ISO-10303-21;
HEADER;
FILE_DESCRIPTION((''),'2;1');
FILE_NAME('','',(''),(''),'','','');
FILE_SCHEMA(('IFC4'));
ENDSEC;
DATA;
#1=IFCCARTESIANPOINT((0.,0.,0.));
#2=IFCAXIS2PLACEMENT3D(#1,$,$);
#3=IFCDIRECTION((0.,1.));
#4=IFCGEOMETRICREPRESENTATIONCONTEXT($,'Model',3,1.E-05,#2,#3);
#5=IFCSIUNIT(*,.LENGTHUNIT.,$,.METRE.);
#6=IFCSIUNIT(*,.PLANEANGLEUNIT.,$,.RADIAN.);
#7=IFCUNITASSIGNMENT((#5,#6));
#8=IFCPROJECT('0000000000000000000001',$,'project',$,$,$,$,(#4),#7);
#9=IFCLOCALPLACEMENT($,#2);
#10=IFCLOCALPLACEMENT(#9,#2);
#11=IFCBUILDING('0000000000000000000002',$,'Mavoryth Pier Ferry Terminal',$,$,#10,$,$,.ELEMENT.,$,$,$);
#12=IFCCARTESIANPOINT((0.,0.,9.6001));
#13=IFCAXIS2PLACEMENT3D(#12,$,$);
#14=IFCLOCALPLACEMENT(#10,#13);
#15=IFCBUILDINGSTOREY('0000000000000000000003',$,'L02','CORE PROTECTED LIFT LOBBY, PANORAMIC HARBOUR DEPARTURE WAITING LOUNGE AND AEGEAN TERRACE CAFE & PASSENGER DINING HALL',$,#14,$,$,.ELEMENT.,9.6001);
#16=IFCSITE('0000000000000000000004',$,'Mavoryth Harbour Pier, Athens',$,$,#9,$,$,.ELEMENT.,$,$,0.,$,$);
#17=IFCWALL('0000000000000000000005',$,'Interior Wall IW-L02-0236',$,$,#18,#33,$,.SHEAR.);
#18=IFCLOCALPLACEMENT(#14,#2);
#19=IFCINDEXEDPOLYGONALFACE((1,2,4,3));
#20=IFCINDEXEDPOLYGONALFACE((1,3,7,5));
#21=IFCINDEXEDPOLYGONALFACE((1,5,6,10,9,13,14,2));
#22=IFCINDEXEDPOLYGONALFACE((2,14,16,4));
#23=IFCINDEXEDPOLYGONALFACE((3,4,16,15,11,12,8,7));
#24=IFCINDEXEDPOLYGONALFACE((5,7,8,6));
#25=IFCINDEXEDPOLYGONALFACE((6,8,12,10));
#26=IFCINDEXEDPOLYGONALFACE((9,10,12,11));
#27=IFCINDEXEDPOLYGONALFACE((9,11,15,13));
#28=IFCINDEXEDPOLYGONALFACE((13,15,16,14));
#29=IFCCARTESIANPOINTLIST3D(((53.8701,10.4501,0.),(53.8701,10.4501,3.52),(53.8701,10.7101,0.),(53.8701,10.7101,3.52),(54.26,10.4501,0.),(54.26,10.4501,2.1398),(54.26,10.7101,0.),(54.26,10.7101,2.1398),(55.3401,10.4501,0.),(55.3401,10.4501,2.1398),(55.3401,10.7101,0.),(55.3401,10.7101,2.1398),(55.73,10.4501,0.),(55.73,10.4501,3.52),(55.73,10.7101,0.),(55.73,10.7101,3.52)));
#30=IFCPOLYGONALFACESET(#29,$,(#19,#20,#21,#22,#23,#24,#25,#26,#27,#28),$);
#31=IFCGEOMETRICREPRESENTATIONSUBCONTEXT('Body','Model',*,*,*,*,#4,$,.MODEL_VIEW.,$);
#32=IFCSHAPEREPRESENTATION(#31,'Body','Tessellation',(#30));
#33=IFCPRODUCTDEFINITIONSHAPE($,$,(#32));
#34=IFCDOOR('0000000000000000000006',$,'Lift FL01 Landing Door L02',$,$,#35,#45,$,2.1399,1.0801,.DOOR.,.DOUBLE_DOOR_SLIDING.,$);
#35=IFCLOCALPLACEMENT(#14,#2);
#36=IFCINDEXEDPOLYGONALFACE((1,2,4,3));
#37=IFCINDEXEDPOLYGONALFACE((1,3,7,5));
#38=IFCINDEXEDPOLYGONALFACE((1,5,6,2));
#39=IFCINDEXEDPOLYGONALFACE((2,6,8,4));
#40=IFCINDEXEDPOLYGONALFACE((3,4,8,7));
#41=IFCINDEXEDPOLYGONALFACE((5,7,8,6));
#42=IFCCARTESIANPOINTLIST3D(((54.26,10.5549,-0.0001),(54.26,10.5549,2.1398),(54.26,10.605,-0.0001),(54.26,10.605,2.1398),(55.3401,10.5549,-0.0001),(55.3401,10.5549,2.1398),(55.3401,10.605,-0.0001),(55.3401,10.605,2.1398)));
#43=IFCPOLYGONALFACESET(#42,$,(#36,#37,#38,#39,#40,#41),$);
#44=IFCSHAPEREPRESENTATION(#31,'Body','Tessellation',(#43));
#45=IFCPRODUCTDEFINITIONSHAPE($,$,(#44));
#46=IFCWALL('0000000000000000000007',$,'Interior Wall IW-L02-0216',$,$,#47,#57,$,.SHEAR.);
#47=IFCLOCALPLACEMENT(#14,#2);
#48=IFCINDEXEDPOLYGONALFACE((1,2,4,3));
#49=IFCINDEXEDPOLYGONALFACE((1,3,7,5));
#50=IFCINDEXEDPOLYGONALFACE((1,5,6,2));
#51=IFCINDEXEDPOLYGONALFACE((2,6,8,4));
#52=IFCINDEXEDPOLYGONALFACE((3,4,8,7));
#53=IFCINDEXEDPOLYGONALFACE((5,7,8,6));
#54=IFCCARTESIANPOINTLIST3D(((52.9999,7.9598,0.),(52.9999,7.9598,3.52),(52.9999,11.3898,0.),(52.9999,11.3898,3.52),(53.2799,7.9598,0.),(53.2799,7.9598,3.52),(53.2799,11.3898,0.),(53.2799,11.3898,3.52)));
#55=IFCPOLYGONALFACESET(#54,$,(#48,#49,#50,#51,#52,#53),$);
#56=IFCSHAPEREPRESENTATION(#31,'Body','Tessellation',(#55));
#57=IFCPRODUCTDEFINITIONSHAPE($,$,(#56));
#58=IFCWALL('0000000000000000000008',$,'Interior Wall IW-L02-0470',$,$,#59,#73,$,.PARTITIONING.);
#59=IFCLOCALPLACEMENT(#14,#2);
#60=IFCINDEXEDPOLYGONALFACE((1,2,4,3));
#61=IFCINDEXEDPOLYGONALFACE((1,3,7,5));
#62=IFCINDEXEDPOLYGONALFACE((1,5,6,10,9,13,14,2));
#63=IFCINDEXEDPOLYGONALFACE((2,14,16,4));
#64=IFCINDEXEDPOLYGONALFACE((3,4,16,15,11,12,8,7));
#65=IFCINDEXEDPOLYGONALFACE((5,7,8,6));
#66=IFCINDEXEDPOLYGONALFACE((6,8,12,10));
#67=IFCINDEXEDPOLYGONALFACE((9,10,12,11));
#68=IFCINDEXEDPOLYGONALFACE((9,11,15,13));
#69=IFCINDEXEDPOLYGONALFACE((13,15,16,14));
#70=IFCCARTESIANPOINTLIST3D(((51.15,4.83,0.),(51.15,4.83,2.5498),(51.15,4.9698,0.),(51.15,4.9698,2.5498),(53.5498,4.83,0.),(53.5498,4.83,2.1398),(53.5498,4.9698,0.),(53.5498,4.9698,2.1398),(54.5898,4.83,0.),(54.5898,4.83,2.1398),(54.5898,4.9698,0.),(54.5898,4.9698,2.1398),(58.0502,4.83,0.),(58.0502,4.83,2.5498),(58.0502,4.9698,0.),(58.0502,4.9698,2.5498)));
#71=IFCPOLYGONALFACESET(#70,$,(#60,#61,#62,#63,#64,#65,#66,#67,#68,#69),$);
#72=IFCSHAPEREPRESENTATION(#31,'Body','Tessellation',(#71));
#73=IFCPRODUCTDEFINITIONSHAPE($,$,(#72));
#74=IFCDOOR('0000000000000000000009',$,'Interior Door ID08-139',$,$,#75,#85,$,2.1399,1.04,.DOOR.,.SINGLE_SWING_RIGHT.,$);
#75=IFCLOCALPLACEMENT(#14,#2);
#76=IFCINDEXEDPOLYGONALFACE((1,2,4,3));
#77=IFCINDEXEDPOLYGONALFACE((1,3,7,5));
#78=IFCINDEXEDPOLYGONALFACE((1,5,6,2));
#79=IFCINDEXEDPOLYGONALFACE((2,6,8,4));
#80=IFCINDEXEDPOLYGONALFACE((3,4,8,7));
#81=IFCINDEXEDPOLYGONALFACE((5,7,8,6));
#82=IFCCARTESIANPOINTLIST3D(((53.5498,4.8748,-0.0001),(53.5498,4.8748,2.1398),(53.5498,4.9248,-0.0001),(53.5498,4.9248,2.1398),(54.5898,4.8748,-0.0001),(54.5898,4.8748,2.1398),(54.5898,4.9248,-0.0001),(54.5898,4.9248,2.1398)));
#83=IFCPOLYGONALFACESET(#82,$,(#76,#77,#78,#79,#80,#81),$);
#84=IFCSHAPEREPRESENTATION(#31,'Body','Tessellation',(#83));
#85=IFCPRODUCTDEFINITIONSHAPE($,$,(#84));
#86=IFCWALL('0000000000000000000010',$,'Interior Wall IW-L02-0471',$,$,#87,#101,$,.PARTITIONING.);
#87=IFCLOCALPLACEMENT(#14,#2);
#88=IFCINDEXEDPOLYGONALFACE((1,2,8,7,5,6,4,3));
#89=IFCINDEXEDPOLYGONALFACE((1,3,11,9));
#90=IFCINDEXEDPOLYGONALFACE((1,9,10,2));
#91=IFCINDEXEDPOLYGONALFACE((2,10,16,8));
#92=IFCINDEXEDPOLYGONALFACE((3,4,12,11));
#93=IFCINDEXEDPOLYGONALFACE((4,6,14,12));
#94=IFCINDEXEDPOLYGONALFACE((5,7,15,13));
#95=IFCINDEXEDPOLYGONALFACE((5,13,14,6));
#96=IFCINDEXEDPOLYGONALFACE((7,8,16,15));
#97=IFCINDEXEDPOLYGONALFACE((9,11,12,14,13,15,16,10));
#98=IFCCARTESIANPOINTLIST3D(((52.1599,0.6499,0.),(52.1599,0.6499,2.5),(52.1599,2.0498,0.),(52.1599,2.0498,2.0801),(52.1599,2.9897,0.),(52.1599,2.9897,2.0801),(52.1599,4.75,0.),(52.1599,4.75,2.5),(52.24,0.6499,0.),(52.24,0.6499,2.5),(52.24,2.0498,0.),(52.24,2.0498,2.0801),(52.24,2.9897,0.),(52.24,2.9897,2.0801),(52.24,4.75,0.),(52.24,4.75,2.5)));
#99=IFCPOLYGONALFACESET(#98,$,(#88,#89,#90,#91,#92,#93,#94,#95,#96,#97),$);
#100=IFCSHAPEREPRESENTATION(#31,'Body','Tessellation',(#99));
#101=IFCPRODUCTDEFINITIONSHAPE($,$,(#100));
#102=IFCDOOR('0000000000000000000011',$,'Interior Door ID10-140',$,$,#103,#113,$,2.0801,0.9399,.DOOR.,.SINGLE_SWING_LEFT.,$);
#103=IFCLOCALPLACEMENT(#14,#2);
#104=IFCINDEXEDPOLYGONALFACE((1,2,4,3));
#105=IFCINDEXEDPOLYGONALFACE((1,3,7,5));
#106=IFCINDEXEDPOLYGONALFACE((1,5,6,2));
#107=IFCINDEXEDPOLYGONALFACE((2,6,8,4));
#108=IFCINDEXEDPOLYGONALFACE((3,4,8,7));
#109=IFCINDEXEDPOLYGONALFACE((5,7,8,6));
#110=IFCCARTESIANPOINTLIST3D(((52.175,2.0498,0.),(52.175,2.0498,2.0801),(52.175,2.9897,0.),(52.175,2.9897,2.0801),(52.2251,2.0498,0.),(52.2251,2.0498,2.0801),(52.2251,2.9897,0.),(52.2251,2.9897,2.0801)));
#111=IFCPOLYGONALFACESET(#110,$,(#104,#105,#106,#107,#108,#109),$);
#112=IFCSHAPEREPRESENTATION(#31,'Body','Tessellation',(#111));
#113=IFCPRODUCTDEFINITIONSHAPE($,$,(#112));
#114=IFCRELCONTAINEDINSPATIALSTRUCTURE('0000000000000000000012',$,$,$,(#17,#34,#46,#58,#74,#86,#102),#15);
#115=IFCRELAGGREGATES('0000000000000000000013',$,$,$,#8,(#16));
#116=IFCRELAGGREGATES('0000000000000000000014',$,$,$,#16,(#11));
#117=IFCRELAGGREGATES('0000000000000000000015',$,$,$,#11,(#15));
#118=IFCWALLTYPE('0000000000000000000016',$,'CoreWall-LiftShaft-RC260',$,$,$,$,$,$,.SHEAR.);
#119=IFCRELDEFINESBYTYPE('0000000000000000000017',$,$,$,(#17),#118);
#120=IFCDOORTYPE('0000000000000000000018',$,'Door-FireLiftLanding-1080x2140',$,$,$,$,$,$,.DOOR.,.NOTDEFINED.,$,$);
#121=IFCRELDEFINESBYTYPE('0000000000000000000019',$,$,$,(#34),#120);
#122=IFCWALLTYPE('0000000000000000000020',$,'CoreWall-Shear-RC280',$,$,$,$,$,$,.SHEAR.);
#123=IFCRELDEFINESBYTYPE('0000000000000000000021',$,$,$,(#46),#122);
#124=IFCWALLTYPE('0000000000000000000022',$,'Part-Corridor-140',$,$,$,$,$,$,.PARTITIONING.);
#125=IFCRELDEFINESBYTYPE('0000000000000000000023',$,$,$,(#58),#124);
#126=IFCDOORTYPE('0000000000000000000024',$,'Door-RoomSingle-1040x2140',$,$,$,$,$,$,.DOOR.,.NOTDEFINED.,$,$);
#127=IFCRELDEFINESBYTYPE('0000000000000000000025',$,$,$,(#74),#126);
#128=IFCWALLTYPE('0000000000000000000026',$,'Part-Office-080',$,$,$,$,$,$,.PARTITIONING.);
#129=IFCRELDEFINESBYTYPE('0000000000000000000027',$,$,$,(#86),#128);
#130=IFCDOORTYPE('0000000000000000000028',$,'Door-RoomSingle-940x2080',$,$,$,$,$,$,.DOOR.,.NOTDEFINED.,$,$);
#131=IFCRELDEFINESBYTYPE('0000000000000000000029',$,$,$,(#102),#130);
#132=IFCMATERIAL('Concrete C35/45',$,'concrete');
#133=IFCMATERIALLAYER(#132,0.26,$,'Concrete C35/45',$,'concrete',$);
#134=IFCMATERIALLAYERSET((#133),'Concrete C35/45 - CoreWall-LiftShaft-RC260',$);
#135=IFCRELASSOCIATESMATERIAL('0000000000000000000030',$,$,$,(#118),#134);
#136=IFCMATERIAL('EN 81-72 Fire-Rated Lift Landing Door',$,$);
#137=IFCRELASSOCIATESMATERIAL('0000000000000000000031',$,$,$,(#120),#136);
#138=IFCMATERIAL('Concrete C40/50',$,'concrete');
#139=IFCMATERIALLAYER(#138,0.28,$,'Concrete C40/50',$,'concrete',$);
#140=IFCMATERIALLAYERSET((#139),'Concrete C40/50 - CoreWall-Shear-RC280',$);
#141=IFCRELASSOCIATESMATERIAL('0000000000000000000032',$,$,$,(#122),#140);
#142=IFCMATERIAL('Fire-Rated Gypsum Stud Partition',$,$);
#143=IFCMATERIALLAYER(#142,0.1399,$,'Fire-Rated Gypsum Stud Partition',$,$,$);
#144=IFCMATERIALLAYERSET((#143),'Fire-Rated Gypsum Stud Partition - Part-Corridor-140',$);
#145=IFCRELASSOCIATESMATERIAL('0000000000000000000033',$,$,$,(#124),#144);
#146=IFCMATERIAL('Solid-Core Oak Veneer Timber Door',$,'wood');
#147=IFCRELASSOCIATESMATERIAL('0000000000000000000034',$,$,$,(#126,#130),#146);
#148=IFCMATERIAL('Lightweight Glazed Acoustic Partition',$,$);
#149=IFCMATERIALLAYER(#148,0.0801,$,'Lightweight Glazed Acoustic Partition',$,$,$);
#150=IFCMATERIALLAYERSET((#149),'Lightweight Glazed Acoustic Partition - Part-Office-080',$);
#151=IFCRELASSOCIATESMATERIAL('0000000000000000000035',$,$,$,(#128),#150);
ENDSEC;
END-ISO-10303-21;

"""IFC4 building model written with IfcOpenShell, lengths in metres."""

from ifc_helpers import new_model, si_unit, direction, frame, frame_2d, origin, place, context, subcontext, project, spatial, rectangle, extrude, material, layer, layer_set, type_object, element, fill, save


model = new_model("IFC4")

# Units and contexts
model_context = context("Model", 3, precision=1e-05, world=origin(), true_north=direction((0.0, 1.0)))
body_context = subcontext(model_context, "Body", "Model", "MODEL_VIEW")
ifc_project = project(units=[si_unit("LENGTHUNIT", "METRE"), si_unit("PLANEANGLEUNIT", "RADIAN")], contexts=[model_context])

# Site, building, storey
site_placement = place(None, origin())
site = spatial("IfcSite", under=ifc_project, at=site_placement, Name="Mavoryth Harbour Pier, Athens", CompositionType="ELEMENT", RefElevation=0.0)
building_placement = place(site_placement, origin())
building = spatial("IfcBuilding", under=site, at=building_placement, Name="Mavoryth Pier Ferry Terminal", CompositionType="ELEMENT")
storey_placement = place(building_placement, frame((0.0, 0.0, 9.6001)))
storey = spatial("IfcBuildingStorey", under=building, at=storey_placement, Name="L02", Description="CORE PROTECTED LIFT LOBBY, PANORAMIC HARBOUR DEPARTURE WAITING LOUNGE AND AEGEAN TERRACE CAFE & PASSENGER DINING HALL", CompositionType="ELEMENT", Elevation=9.6001)

# Shared definitions
ifc_material_1 = material(Name="Concrete C40/50", Category="concrete")

# Shared definitions
ifc_material_2 = material(Name="Concrete C35/45", Category="concrete")

# Shared definitions
ifc_layer_1 = layer(ifc_material_2, 0.26, Name="Concrete C35/45", Category="concrete")
ifc_layer_set_1 = layer_set([ifc_layer_1], Name="Concrete C35/45 - CoreWall-LiftShaft-RC260")
wall_type_1 = type_object("IfcWallType", Name="CoreWall-LiftShaft-RC260", PredefinedType="SHEAR", material=ifc_layer_set_1)

# Wall, opening, door
wall_1_placement = place(storey_placement, frame((53.8701, 10.5801, 0.0), z_axis=(0.0, 0.0, 1.0), x_axis=(1.0, 0.0, 0.0)))
wall_1 = element("IfcWall", 1, at=wall_1_placement, inside=storey, type_object=wall_type_1, Name="Interior Wall IW-L02-0236", PredefinedType="SHEAR", context=body_context, shape_type="SweptSolid", body=[
    extrude(rectangle(XDim=1.8599, YDim=0.26, at=frame_2d((0.9299, 0.0))), origin(), (0.0, 0.0, 1.0), 3.52),
])
opening_1_placement = place(wall_1_placement, frame((0.3899, 0.0, 0.0)))
opening_1 = element("IfcOpeningElement", 2, at=opening_1_placement, cuts=wall_1, PredefinedType="OPENING", context=body_context, shape_type="SweptSolid", body=[
    extrude(rectangle(XDim=1.0801, YDim=2.1399, at=frame_2d((0.54, 1.0698))), frame((0.0, 0.1399, 0.0), z_axis=(0.0, -1.0, 0.0), x_axis=(1.0, 0.0, 0.0)), (0.0, 0.0, 1.0), 0.28),
])
ifc_material_3 = material(Name="EN 81-72 Fire-Rated Lift Landing Door")
door_type_1 = type_object("IfcDoorType", Name="Door-FireLiftLanding-1080x2140", OperationType="NOTDEFINED", PredefinedType="DOOR", material=ifc_material_3)
door_1_placement = place(opening_1_placement, origin())
door_1 = element("IfcDoor", 3, at=door_1_placement, inside=storey, type_object=door_type_1, Name="Lift FL01 Landing Door L02", OperationType="DOUBLE_DOOR_SLIDING", OverallHeight=2.1399, OverallWidth=1.0801, PredefinedType="DOOR", context=body_context, shape_type="SweptSolid", body=[
    extrude(rectangle(XDim=1.0801, YDim=2.1399, at=frame_2d((0.54, 1.0698))), frame((0.0, 0.0249, 0.0), z_axis=(0.0, -1.0, 0.0), x_axis=(1.0, 0.0, 0.0)), (0.0, 0.0, 1.0), 0.05),
])
fill(opening_1, door_1)

# Wall
ifc_layer_2 = layer(ifc_material_1, 0.28, Name="Concrete C40/50", Category="concrete")
ifc_layer_set_2 = layer_set([ifc_layer_2], Name="Concrete C40/50 - CoreWall-Shear-RC280")
wall_type_2 = type_object("IfcWallType", Name="CoreWall-Shear-RC280", PredefinedType="SHEAR", material=ifc_layer_set_2)
wall_2_placement = place(storey_placement, frame((53.1399, 7.96, 0.0), z_axis=(0.0, 0.0, 1.0), x_axis=(0.0, 1.0, 0.0)))
element("IfcWall", 4, at=wall_2_placement, inside=storey, type_object=wall_type_2, Name="Interior Wall IW-L02-0216", PredefinedType="SHEAR", context=body_context, shape_type="SweptSolid", body=[
    extrude(rectangle(XDim=3.4299, YDim=0.28, at=frame_2d((1.7148, 0.0))), origin(), (0.0, 0.0, 1.0), 3.52),
])

# Walls, openings, doors
ifc_material_4 = material(Name="Fire-Rated Gypsum Stud Partition")
ifc_layer_3 = layer(ifc_material_4, 0.1399, Name="Fire-Rated Gypsum Stud Partition")
ifc_layer_set_3 = layer_set([ifc_layer_3], Name="Fire-Rated Gypsum Stud Partition - Part-Corridor-140")
wall_type_3 = type_object("IfcWallType", Name="Part-Corridor-140", PredefinedType="PARTITIONING", material=ifc_layer_set_3)
wall_3_placement = place(storey_placement, frame((51.1499, 4.8999, 0.0), z_axis=(0.0, 0.0, 1.0), x_axis=(1.0, 0.0, 0.0)))
wall_3 = element("IfcWall", 5, at=wall_3_placement, inside=storey, type_object=wall_type_3, Name="Interior Wall IW-L02-0470", PredefinedType="PARTITIONING", context=body_context, shape_type="SweptSolid", body=[
    extrude(rectangle(XDim=6.9001, YDim=0.1399, at=frame_2d((3.4502, 0.0))), origin(), (0.0, 0.0, 1.0), 2.5498),
])
opening_2_placement = place(wall_3_placement, frame((2.3999, 0.0, 0.0)))
opening_2 = element("IfcOpeningElement", 6, at=opening_2_placement, cuts=wall_3, PredefinedType="OPENING", context=body_context, shape_type="SweptSolid", body=[
    extrude(rectangle(XDim=1.04, YDim=2.1399, at=frame_2d((0.52, 1.0698))), frame((0.0, 0.0798, 0.0), z_axis=(0.0, -1.0, 0.0), x_axis=(1.0, 0.0, 0.0)), (0.0, 0.0, 1.0), 0.1599),
])
ifc_material_5 = material(Name="Solid-Core Oak Veneer Timber Door", Category="wood")
door_type_2 = type_object("IfcDoorType", Name="Door-RoomSingle-1040x2140", OperationType="NOTDEFINED", PredefinedType="DOOR", material=ifc_material_5)
door_2_placement = place(opening_2_placement, origin())
door_2 = element("IfcDoor", 7, at=door_2_placement, inside=storey, type_object=door_type_2, Name="Interior Door ID08-139", OperationType="SINGLE_SWING_RIGHT", OverallHeight=2.1399, OverallWidth=1.04, PredefinedType="DOOR", context=body_context, shape_type="SweptSolid", body=[
    extrude(rectangle(XDim=1.04, YDim=2.1399, at=frame_2d((0.52, 1.0698))), frame((0.0, 0.0249, 0.0), z_axis=(0.0, -1.0, 0.0), x_axis=(1.0, 0.0, 0.0)), (0.0, 0.0, 1.0), 0.05),
])
fill(opening_2, door_2)
ifc_material_6 = material(Name="Lightweight Glazed Acoustic Partition")
ifc_layer_4 = layer(ifc_material_6, 0.0801, Name="Lightweight Glazed Acoustic Partition")
ifc_layer_set_4 = layer_set([ifc_layer_4], Name="Lightweight Glazed Acoustic Partition - Part-Office-080")
wall_type_4 = type_object("IfcWallType", Name="Part-Office-080", PredefinedType="PARTITIONING", material=ifc_layer_set_4)
wall_4_placement = place(storey_placement, frame((52.2, 0.6499, 0.0), z_axis=(0.0, 0.0, 1.0), x_axis=(0.0, 1.0, 0.0)))
wall_4 = element("IfcWall", 8, at=wall_4_placement, inside=storey, type_object=wall_type_4, Name="Interior Wall IW-L02-0471", PredefinedType="PARTITIONING", context=body_context, shape_type="SweptSolid", body=[
    extrude(rectangle(XDim=4.1001, YDim=0.0801, at=frame_2d((2.05, 0.0))), origin(), (0.0, 0.0, 1.0), 2.5),
])
opening_3_placement = place(wall_4_placement, frame((1.3999, 0.0, 0.0)))
opening_3 = element("IfcOpeningElement", 9, at=opening_3_placement, cuts=wall_4, PredefinedType="OPENING", context=body_context, shape_type="SweptSolid", body=[
    extrude(rectangle(XDim=0.9399, YDim=2.0801, at=frame_2d((0.47, 1.04))), frame((0.0, 0.05, 0.0), z_axis=(0.0, -1.0, 0.0), x_axis=(1.0, 0.0, 0.0)), (0.0, 0.0, 1.0), 0.1001),
])
door_type_3 = type_object("IfcDoorType", Name="Door-RoomSingle-940x2080", OperationType="NOTDEFINED", PredefinedType="DOOR", material=ifc_material_5)
door_3_placement = place(opening_3_placement, origin())
door_3 = element("IfcDoor", 10, at=door_3_placement, inside=storey, type_object=door_type_3, Name="Interior Door ID10-140", OperationType="SINGLE_SWING_LEFT", OverallHeight=2.0801, OverallWidth=0.9399, PredefinedType="DOOR", context=body_context, shape_type="SweptSolid", body=[
    extrude(rectangle(XDim=0.9399, YDim=2.0801, at=frame_2d((0.47, 1.04))), frame((0.0, 0.0249, 0.0), z_axis=(0.0, -1.0, 0.0), x_axis=(1.0, 0.0, 0.0)), (0.0, 0.0, 1.0), 0.05),
])
fill(opening_3, door_3)

save(model, "model.ifc")
